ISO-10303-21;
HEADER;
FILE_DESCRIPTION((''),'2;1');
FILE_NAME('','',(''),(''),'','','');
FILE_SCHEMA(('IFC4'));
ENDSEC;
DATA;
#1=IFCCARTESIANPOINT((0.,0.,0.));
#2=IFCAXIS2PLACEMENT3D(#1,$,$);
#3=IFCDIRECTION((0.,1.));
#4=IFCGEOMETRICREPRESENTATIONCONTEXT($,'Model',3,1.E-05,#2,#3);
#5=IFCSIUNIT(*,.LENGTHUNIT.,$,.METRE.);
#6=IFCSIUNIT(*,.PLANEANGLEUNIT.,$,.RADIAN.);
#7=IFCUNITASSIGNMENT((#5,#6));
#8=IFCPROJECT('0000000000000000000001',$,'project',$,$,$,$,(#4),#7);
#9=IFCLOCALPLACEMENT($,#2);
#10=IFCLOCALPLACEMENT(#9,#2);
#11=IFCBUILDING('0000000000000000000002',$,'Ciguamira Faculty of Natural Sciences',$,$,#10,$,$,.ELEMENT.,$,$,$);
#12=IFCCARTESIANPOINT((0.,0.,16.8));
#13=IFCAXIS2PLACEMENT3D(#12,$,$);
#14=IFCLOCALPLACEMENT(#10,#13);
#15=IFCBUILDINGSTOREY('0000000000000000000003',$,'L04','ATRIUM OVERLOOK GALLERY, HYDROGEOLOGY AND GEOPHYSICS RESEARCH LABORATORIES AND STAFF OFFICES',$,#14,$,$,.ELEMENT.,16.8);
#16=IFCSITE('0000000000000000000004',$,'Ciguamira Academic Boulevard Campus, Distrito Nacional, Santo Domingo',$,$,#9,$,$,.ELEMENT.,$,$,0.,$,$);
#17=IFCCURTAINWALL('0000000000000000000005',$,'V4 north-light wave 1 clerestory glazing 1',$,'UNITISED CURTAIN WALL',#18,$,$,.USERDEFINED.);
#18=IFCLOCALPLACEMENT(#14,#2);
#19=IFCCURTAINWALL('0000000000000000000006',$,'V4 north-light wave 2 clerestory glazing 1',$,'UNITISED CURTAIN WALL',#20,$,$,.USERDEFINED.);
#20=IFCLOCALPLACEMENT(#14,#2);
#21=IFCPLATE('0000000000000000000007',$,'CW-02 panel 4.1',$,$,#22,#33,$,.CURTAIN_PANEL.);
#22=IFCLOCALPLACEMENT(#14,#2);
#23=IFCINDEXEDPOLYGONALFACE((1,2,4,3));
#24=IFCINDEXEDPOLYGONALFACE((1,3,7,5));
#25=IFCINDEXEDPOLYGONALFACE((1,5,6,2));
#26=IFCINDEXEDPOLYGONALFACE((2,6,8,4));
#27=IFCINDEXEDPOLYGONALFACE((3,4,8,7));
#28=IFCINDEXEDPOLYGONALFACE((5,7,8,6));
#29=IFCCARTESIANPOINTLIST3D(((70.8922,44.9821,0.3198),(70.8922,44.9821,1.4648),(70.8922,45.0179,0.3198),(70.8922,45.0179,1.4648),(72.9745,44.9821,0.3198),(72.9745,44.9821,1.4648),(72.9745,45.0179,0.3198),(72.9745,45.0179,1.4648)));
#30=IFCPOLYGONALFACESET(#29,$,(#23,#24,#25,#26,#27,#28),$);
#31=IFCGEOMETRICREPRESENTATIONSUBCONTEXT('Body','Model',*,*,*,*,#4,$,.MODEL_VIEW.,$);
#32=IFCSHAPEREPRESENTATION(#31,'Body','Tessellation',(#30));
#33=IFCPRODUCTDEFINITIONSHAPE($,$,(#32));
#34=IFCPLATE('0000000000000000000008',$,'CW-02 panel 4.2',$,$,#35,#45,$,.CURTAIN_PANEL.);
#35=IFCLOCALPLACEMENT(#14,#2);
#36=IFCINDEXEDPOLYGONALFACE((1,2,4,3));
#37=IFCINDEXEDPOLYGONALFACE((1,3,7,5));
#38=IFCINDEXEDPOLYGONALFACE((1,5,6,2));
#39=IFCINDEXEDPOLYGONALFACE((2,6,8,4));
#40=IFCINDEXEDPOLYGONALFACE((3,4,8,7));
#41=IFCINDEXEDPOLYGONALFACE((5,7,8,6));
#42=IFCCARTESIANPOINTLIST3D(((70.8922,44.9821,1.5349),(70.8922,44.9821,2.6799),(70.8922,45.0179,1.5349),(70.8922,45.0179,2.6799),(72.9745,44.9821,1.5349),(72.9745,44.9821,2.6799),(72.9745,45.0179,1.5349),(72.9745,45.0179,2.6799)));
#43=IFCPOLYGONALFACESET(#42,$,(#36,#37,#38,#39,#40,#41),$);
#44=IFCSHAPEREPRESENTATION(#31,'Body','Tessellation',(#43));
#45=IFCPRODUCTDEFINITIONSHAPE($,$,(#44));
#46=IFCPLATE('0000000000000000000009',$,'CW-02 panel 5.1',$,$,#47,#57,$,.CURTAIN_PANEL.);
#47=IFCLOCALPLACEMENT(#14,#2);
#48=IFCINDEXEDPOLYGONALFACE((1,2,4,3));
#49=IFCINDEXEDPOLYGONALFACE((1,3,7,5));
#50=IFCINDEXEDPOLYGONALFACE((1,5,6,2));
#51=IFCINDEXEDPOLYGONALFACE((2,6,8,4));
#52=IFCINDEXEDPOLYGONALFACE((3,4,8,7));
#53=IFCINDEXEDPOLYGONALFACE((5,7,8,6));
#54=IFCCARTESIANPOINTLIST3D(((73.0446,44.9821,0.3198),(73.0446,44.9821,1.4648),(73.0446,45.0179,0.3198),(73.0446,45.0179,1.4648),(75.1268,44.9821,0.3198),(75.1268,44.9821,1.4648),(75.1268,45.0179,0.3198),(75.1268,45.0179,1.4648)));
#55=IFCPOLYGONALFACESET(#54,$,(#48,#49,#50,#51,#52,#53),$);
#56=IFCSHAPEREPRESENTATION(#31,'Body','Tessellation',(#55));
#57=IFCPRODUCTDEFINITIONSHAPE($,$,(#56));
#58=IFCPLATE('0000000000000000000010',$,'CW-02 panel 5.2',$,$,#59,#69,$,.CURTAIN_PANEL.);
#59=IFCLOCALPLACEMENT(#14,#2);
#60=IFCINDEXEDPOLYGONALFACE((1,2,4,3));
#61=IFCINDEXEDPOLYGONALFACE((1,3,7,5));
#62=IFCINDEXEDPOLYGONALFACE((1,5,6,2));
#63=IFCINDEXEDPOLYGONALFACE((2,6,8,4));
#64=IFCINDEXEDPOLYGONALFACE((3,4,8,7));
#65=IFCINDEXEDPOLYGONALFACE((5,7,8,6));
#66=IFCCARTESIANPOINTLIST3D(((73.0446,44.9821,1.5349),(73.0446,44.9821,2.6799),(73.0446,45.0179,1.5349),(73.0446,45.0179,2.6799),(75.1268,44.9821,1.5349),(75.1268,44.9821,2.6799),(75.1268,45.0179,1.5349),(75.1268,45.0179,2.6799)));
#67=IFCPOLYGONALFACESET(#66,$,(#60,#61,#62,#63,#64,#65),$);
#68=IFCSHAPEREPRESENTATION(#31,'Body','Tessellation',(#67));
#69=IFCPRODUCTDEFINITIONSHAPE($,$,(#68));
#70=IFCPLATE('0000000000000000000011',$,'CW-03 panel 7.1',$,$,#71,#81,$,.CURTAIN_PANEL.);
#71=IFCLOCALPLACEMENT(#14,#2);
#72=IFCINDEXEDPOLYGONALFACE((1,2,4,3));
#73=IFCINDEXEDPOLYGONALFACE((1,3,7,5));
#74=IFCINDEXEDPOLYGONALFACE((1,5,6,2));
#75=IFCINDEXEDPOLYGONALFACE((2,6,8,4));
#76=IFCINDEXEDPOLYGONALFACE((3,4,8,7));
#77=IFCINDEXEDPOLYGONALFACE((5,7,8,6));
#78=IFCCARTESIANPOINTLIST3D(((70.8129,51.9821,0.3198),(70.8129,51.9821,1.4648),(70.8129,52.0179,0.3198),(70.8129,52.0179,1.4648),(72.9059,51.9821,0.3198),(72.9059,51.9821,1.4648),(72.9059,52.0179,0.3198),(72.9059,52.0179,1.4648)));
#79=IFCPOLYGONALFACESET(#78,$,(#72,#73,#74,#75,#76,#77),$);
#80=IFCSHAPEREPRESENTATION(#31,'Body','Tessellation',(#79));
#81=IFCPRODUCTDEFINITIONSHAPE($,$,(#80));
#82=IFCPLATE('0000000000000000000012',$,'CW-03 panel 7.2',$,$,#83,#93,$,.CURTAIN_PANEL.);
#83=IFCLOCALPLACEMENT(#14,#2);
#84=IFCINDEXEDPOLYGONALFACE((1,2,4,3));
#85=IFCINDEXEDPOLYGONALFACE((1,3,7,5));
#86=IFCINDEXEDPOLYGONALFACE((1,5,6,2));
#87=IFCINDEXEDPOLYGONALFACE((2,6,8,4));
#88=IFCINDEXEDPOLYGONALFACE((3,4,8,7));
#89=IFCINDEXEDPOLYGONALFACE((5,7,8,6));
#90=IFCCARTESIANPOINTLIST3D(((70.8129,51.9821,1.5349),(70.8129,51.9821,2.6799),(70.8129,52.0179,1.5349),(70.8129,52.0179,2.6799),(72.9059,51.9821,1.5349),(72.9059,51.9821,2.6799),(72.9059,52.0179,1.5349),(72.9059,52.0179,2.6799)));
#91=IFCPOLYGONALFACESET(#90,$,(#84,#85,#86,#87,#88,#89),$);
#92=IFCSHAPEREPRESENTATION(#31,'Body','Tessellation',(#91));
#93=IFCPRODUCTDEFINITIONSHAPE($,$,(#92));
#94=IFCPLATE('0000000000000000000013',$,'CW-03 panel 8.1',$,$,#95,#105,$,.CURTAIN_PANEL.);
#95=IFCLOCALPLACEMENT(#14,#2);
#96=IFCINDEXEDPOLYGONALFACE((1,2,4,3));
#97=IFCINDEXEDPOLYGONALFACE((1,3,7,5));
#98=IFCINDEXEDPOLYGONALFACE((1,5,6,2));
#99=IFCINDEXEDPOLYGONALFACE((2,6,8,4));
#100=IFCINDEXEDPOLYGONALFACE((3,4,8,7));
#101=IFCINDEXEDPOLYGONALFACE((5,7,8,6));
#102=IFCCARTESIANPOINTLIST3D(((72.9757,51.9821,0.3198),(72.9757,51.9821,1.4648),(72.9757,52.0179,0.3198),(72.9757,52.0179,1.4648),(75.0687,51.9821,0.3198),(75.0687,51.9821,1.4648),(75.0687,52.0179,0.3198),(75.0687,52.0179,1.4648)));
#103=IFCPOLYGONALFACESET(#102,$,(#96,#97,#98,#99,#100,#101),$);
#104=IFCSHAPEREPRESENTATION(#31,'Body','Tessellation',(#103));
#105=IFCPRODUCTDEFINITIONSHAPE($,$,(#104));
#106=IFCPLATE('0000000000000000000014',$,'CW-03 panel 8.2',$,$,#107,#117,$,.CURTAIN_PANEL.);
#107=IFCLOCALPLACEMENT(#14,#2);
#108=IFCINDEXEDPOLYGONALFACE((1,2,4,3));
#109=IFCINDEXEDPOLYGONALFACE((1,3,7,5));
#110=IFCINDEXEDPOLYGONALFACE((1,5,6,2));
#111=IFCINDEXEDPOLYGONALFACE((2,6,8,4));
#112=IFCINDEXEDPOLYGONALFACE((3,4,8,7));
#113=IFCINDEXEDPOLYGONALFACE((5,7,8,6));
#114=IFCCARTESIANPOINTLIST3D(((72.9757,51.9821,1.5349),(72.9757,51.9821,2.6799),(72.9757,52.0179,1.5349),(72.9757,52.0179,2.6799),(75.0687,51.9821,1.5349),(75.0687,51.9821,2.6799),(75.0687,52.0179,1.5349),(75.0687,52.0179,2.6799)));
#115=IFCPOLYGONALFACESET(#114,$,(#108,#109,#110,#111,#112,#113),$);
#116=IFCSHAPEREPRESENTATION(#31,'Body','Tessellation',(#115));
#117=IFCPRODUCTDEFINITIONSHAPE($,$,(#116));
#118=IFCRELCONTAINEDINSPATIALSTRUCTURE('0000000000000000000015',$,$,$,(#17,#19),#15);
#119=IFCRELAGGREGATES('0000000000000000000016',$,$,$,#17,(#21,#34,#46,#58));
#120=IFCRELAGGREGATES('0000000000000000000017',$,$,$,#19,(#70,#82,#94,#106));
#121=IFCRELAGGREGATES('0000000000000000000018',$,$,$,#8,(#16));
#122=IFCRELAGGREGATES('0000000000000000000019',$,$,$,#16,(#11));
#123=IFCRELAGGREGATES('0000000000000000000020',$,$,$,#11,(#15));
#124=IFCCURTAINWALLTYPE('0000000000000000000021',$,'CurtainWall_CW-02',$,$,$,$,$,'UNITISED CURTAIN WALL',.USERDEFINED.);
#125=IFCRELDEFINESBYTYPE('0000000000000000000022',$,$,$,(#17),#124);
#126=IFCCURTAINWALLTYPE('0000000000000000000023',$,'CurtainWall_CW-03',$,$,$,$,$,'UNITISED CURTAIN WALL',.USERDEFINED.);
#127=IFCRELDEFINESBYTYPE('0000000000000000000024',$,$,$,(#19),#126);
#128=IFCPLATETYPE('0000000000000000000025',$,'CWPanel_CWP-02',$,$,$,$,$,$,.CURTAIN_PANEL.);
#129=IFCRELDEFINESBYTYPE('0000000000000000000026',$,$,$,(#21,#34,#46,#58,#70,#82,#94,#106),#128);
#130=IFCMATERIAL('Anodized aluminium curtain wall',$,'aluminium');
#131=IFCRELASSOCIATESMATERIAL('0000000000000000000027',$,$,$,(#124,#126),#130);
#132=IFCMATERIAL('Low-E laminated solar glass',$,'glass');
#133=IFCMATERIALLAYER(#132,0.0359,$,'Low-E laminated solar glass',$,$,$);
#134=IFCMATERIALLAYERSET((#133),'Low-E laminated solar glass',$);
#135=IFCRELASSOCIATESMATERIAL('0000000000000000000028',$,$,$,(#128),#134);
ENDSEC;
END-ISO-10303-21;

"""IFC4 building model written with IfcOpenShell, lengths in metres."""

from ifc_helpers import new_model, si_unit, direction, frame, origin, origin_2d, place, context, subcontext, project, spatial, rectangle, extrude, material, layer, layer_set, type_object, element, aggregate, save


model = new_model("IFC4")

# Units and contexts
model_context = context("Model", 3, precision=1e-05, world=origin(), true_north=direction((0.0, 1.0)))
body_context = subcontext(model_context, "Body", "Model", "MODEL_VIEW")
ifc_project = project(units=[si_unit("LENGTHUNIT", "METRE"), si_unit("PLANEANGLEUNIT", "RADIAN")], contexts=[model_context])

# Site, building, storey
site_placement = place(None, origin())
site = spatial("IfcSite", under=ifc_project, at=site_placement, Name="Ciguamira Academic Boulevard Campus, Distrito Nacional, Santo Domingo", CompositionType="ELEMENT", RefElevation=0.0)
building_placement = place(site_placement, origin())
building = spatial("IfcBuilding", under=site, at=building_placement, Name="Ciguamira Faculty of Natural Sciences", CompositionType="ELEMENT")
storey_placement = place(building_placement, frame((0.0, 0.0, 16.8)))
storey = spatial("IfcBuildingStorey", under=building, at=storey_placement, Name="L04", Description="ATRIUM OVERLOOK GALLERY, HYDROGEOLOGY AND GEOPHYSICS RESEARCH LABORATORIES AND STAFF OFFICES", CompositionType="ELEMENT", Elevation=16.8)

# Curtain walls
ifc_material_1 = material(Name="Anodized aluminium curtain wall", Category="aluminium")
curtain_wall_type_1 = type_object("IfcCurtainWallType", Name="CurtainWall_CW-02", ElementType="UNITISED CURTAIN WALL", PredefinedType="USERDEFINED", material=ifc_material_1)
curtain_wall_1_placement = place(storey_placement, origin())
curtain_wall_1 = element("IfcCurtainWall", 1, at=curtain_wall_1_placement, inside=storey, type_object=curtain_wall_type_1, Name="V4 north-light wave 1 clerestory glazing 1", ObjectType="UNITISED CURTAIN WALL", PredefinedType="USERDEFINED")
curtain_wall_type_2 = type_object("IfcCurtainWallType", Name="CurtainWall_CW-03", ElementType="UNITISED CURTAIN WALL", PredefinedType="USERDEFINED", material=ifc_material_1)
curtain_wall_2_placement = place(storey_placement, origin())
curtain_wall_2 = element("IfcCurtainWall", 2, at=curtain_wall_2_placement, inside=storey, type_object=curtain_wall_type_2, Name="V4 north-light wave 2 clerestory glazing 1", ObjectType="UNITISED CURTAIN WALL", PredefinedType="USERDEFINED")

# Plates
ifc_material_2 = material(Name="Low-E laminated solar glass", Category="glass")
ifc_layer = layer(ifc_material_2, 0.0359, Name="Low-E laminated solar glass")
ifc_layer_set = layer_set([ifc_layer], Name="Low-E laminated solar glass")
plate_type = type_object("IfcPlateType", Name="CWPanel_CWP-02", PredefinedType="CURTAIN_PANEL", material=ifc_layer_set)
plate_1_placement = place(storey_placement, frame((71.9333, 45.0, 0.3198), z_axis=(0.0, 0.0, 1.0), x_axis=(1.0, 0.0, 0.0)))
plate_1 = element("IfcPlate", 3, at=plate_1_placement, type_object=plate_type, Name="CW-02 panel 4.1", PredefinedType="CURTAIN_PANEL", context=body_context, shape_type="SweptSolid", body=[
    extrude(rectangle(XDim=2.0823, YDim=0.0359, at=origin_2d()), origin(), (0.0, 0.0, 1.0), 1.145),
])
plate_2_placement = place(storey_placement, frame((71.9333, 45.0, 1.5349), z_axis=(0.0, 0.0, 1.0), x_axis=(1.0, 0.0, 0.0)))
plate_2 = element("IfcPlate", 4, at=plate_2_placement, type_object=plate_type, Name="CW-02 panel 4.2", PredefinedType="CURTAIN_PANEL", context=body_context, shape_type="SweptSolid", body=[
    extrude(rectangle(XDim=2.0823, YDim=0.0359, at=origin_2d()), origin(), (0.0, 0.0, 1.0), 1.145),
])
plate_3_placement = place(storey_placement, frame((74.0857, 45.0, 0.3198), z_axis=(0.0, 0.0, 1.0), x_axis=(1.0, 0.0, 0.0)))
plate_3 = element("IfcPlate", 5, at=plate_3_placement, type_object=plate_type, Name="CW-02 panel 5.1", PredefinedType="CURTAIN_PANEL", context=body_context, shape_type="SweptSolid", body=[
    extrude(rectangle(XDim=2.0823, YDim=0.0359, at=origin_2d()), origin(), (0.0, 0.0, 1.0), 1.145),
])
plate_4_placement = place(storey_placement, frame((74.0857, 45.0, 1.5349), z_axis=(0.0, 0.0, 1.0), x_axis=(1.0, 0.0, 0.0)))
plate_4 = element("IfcPlate", 6, at=plate_4_placement, type_object=plate_type, Name="CW-02 panel 5.2", PredefinedType="CURTAIN_PANEL", context=body_context, shape_type="SweptSolid", body=[
    extrude(rectangle(XDim=2.0823, YDim=0.0359, at=origin_2d()), origin(), (0.0, 0.0, 1.0), 1.145),
])
aggregate(curtain_wall_1, [plate_1, plate_2, plate_3, plate_4])
plate_5_placement = place(storey_placement, frame((71.8594, 52.0, 0.3198), z_axis=(0.0, 0.0, 1.0), x_axis=(1.0, 0.0, 0.0)))
plate_5 = element("IfcPlate", 7, at=plate_5_placement, type_object=plate_type, Name="CW-03 panel 7.1", PredefinedType="CURTAIN_PANEL", context=body_context, shape_type="SweptSolid", body=[
    extrude(rectangle(XDim=2.093, YDim=0.0359, at=origin_2d()), origin(), (0.0, 0.0, 1.0), 1.145),
])
plate_6_placement = place(storey_placement, frame((71.8594, 52.0, 1.5349), z_axis=(0.0, 0.0, 1.0), x_axis=(1.0, 0.0, 0.0)))
plate_6 = element("IfcPlate", 8, at=plate_6_placement, type_object=plate_type, Name="CW-03 panel 7.2", PredefinedType="CURTAIN_PANEL", context=body_context, shape_type="SweptSolid", body=[
    extrude(rectangle(XDim=2.093, YDim=0.0359, at=origin_2d()), origin(), (0.0, 0.0, 1.0), 1.145),
])
plate_7_placement = place(storey_placement, frame((74.0222, 52.0, 0.3198), z_axis=(0.0, 0.0, 1.0), x_axis=(1.0, 0.0, 0.0)))
plate_7 = element("IfcPlate", 9, at=plate_7_placement, type_object=plate_type, Name="CW-03 panel 8.1", PredefinedType="CURTAIN_PANEL", context=body_context, shape_type="SweptSolid", body=[
    extrude(rectangle(XDim=2.093, YDim=0.0359, at=origin_2d()), origin(), (0.0, 0.0, 1.0), 1.145),
])
plate_8_placement = place(storey_placement, frame((74.0222, 52.0, 1.5349), z_axis=(0.0, 0.0, 1.0), x_axis=(1.0, 0.0, 0.0)))
plate_8 = element("IfcPlate", 10, at=plate_8_placement, type_object=plate_type, Name="CW-03 panel 8.2", PredefinedType="CURTAIN_PANEL", context=body_context, shape_type="SweptSolid", body=[
    extrude(rectangle(XDim=2.093, YDim=0.0359, at=origin_2d()), origin(), (0.0, 0.0, 1.0), 1.145),
])
aggregate(curtain_wall_2, [plate_5, plate_6, plate_7, plate_8])

save(model, "model.ifc")
